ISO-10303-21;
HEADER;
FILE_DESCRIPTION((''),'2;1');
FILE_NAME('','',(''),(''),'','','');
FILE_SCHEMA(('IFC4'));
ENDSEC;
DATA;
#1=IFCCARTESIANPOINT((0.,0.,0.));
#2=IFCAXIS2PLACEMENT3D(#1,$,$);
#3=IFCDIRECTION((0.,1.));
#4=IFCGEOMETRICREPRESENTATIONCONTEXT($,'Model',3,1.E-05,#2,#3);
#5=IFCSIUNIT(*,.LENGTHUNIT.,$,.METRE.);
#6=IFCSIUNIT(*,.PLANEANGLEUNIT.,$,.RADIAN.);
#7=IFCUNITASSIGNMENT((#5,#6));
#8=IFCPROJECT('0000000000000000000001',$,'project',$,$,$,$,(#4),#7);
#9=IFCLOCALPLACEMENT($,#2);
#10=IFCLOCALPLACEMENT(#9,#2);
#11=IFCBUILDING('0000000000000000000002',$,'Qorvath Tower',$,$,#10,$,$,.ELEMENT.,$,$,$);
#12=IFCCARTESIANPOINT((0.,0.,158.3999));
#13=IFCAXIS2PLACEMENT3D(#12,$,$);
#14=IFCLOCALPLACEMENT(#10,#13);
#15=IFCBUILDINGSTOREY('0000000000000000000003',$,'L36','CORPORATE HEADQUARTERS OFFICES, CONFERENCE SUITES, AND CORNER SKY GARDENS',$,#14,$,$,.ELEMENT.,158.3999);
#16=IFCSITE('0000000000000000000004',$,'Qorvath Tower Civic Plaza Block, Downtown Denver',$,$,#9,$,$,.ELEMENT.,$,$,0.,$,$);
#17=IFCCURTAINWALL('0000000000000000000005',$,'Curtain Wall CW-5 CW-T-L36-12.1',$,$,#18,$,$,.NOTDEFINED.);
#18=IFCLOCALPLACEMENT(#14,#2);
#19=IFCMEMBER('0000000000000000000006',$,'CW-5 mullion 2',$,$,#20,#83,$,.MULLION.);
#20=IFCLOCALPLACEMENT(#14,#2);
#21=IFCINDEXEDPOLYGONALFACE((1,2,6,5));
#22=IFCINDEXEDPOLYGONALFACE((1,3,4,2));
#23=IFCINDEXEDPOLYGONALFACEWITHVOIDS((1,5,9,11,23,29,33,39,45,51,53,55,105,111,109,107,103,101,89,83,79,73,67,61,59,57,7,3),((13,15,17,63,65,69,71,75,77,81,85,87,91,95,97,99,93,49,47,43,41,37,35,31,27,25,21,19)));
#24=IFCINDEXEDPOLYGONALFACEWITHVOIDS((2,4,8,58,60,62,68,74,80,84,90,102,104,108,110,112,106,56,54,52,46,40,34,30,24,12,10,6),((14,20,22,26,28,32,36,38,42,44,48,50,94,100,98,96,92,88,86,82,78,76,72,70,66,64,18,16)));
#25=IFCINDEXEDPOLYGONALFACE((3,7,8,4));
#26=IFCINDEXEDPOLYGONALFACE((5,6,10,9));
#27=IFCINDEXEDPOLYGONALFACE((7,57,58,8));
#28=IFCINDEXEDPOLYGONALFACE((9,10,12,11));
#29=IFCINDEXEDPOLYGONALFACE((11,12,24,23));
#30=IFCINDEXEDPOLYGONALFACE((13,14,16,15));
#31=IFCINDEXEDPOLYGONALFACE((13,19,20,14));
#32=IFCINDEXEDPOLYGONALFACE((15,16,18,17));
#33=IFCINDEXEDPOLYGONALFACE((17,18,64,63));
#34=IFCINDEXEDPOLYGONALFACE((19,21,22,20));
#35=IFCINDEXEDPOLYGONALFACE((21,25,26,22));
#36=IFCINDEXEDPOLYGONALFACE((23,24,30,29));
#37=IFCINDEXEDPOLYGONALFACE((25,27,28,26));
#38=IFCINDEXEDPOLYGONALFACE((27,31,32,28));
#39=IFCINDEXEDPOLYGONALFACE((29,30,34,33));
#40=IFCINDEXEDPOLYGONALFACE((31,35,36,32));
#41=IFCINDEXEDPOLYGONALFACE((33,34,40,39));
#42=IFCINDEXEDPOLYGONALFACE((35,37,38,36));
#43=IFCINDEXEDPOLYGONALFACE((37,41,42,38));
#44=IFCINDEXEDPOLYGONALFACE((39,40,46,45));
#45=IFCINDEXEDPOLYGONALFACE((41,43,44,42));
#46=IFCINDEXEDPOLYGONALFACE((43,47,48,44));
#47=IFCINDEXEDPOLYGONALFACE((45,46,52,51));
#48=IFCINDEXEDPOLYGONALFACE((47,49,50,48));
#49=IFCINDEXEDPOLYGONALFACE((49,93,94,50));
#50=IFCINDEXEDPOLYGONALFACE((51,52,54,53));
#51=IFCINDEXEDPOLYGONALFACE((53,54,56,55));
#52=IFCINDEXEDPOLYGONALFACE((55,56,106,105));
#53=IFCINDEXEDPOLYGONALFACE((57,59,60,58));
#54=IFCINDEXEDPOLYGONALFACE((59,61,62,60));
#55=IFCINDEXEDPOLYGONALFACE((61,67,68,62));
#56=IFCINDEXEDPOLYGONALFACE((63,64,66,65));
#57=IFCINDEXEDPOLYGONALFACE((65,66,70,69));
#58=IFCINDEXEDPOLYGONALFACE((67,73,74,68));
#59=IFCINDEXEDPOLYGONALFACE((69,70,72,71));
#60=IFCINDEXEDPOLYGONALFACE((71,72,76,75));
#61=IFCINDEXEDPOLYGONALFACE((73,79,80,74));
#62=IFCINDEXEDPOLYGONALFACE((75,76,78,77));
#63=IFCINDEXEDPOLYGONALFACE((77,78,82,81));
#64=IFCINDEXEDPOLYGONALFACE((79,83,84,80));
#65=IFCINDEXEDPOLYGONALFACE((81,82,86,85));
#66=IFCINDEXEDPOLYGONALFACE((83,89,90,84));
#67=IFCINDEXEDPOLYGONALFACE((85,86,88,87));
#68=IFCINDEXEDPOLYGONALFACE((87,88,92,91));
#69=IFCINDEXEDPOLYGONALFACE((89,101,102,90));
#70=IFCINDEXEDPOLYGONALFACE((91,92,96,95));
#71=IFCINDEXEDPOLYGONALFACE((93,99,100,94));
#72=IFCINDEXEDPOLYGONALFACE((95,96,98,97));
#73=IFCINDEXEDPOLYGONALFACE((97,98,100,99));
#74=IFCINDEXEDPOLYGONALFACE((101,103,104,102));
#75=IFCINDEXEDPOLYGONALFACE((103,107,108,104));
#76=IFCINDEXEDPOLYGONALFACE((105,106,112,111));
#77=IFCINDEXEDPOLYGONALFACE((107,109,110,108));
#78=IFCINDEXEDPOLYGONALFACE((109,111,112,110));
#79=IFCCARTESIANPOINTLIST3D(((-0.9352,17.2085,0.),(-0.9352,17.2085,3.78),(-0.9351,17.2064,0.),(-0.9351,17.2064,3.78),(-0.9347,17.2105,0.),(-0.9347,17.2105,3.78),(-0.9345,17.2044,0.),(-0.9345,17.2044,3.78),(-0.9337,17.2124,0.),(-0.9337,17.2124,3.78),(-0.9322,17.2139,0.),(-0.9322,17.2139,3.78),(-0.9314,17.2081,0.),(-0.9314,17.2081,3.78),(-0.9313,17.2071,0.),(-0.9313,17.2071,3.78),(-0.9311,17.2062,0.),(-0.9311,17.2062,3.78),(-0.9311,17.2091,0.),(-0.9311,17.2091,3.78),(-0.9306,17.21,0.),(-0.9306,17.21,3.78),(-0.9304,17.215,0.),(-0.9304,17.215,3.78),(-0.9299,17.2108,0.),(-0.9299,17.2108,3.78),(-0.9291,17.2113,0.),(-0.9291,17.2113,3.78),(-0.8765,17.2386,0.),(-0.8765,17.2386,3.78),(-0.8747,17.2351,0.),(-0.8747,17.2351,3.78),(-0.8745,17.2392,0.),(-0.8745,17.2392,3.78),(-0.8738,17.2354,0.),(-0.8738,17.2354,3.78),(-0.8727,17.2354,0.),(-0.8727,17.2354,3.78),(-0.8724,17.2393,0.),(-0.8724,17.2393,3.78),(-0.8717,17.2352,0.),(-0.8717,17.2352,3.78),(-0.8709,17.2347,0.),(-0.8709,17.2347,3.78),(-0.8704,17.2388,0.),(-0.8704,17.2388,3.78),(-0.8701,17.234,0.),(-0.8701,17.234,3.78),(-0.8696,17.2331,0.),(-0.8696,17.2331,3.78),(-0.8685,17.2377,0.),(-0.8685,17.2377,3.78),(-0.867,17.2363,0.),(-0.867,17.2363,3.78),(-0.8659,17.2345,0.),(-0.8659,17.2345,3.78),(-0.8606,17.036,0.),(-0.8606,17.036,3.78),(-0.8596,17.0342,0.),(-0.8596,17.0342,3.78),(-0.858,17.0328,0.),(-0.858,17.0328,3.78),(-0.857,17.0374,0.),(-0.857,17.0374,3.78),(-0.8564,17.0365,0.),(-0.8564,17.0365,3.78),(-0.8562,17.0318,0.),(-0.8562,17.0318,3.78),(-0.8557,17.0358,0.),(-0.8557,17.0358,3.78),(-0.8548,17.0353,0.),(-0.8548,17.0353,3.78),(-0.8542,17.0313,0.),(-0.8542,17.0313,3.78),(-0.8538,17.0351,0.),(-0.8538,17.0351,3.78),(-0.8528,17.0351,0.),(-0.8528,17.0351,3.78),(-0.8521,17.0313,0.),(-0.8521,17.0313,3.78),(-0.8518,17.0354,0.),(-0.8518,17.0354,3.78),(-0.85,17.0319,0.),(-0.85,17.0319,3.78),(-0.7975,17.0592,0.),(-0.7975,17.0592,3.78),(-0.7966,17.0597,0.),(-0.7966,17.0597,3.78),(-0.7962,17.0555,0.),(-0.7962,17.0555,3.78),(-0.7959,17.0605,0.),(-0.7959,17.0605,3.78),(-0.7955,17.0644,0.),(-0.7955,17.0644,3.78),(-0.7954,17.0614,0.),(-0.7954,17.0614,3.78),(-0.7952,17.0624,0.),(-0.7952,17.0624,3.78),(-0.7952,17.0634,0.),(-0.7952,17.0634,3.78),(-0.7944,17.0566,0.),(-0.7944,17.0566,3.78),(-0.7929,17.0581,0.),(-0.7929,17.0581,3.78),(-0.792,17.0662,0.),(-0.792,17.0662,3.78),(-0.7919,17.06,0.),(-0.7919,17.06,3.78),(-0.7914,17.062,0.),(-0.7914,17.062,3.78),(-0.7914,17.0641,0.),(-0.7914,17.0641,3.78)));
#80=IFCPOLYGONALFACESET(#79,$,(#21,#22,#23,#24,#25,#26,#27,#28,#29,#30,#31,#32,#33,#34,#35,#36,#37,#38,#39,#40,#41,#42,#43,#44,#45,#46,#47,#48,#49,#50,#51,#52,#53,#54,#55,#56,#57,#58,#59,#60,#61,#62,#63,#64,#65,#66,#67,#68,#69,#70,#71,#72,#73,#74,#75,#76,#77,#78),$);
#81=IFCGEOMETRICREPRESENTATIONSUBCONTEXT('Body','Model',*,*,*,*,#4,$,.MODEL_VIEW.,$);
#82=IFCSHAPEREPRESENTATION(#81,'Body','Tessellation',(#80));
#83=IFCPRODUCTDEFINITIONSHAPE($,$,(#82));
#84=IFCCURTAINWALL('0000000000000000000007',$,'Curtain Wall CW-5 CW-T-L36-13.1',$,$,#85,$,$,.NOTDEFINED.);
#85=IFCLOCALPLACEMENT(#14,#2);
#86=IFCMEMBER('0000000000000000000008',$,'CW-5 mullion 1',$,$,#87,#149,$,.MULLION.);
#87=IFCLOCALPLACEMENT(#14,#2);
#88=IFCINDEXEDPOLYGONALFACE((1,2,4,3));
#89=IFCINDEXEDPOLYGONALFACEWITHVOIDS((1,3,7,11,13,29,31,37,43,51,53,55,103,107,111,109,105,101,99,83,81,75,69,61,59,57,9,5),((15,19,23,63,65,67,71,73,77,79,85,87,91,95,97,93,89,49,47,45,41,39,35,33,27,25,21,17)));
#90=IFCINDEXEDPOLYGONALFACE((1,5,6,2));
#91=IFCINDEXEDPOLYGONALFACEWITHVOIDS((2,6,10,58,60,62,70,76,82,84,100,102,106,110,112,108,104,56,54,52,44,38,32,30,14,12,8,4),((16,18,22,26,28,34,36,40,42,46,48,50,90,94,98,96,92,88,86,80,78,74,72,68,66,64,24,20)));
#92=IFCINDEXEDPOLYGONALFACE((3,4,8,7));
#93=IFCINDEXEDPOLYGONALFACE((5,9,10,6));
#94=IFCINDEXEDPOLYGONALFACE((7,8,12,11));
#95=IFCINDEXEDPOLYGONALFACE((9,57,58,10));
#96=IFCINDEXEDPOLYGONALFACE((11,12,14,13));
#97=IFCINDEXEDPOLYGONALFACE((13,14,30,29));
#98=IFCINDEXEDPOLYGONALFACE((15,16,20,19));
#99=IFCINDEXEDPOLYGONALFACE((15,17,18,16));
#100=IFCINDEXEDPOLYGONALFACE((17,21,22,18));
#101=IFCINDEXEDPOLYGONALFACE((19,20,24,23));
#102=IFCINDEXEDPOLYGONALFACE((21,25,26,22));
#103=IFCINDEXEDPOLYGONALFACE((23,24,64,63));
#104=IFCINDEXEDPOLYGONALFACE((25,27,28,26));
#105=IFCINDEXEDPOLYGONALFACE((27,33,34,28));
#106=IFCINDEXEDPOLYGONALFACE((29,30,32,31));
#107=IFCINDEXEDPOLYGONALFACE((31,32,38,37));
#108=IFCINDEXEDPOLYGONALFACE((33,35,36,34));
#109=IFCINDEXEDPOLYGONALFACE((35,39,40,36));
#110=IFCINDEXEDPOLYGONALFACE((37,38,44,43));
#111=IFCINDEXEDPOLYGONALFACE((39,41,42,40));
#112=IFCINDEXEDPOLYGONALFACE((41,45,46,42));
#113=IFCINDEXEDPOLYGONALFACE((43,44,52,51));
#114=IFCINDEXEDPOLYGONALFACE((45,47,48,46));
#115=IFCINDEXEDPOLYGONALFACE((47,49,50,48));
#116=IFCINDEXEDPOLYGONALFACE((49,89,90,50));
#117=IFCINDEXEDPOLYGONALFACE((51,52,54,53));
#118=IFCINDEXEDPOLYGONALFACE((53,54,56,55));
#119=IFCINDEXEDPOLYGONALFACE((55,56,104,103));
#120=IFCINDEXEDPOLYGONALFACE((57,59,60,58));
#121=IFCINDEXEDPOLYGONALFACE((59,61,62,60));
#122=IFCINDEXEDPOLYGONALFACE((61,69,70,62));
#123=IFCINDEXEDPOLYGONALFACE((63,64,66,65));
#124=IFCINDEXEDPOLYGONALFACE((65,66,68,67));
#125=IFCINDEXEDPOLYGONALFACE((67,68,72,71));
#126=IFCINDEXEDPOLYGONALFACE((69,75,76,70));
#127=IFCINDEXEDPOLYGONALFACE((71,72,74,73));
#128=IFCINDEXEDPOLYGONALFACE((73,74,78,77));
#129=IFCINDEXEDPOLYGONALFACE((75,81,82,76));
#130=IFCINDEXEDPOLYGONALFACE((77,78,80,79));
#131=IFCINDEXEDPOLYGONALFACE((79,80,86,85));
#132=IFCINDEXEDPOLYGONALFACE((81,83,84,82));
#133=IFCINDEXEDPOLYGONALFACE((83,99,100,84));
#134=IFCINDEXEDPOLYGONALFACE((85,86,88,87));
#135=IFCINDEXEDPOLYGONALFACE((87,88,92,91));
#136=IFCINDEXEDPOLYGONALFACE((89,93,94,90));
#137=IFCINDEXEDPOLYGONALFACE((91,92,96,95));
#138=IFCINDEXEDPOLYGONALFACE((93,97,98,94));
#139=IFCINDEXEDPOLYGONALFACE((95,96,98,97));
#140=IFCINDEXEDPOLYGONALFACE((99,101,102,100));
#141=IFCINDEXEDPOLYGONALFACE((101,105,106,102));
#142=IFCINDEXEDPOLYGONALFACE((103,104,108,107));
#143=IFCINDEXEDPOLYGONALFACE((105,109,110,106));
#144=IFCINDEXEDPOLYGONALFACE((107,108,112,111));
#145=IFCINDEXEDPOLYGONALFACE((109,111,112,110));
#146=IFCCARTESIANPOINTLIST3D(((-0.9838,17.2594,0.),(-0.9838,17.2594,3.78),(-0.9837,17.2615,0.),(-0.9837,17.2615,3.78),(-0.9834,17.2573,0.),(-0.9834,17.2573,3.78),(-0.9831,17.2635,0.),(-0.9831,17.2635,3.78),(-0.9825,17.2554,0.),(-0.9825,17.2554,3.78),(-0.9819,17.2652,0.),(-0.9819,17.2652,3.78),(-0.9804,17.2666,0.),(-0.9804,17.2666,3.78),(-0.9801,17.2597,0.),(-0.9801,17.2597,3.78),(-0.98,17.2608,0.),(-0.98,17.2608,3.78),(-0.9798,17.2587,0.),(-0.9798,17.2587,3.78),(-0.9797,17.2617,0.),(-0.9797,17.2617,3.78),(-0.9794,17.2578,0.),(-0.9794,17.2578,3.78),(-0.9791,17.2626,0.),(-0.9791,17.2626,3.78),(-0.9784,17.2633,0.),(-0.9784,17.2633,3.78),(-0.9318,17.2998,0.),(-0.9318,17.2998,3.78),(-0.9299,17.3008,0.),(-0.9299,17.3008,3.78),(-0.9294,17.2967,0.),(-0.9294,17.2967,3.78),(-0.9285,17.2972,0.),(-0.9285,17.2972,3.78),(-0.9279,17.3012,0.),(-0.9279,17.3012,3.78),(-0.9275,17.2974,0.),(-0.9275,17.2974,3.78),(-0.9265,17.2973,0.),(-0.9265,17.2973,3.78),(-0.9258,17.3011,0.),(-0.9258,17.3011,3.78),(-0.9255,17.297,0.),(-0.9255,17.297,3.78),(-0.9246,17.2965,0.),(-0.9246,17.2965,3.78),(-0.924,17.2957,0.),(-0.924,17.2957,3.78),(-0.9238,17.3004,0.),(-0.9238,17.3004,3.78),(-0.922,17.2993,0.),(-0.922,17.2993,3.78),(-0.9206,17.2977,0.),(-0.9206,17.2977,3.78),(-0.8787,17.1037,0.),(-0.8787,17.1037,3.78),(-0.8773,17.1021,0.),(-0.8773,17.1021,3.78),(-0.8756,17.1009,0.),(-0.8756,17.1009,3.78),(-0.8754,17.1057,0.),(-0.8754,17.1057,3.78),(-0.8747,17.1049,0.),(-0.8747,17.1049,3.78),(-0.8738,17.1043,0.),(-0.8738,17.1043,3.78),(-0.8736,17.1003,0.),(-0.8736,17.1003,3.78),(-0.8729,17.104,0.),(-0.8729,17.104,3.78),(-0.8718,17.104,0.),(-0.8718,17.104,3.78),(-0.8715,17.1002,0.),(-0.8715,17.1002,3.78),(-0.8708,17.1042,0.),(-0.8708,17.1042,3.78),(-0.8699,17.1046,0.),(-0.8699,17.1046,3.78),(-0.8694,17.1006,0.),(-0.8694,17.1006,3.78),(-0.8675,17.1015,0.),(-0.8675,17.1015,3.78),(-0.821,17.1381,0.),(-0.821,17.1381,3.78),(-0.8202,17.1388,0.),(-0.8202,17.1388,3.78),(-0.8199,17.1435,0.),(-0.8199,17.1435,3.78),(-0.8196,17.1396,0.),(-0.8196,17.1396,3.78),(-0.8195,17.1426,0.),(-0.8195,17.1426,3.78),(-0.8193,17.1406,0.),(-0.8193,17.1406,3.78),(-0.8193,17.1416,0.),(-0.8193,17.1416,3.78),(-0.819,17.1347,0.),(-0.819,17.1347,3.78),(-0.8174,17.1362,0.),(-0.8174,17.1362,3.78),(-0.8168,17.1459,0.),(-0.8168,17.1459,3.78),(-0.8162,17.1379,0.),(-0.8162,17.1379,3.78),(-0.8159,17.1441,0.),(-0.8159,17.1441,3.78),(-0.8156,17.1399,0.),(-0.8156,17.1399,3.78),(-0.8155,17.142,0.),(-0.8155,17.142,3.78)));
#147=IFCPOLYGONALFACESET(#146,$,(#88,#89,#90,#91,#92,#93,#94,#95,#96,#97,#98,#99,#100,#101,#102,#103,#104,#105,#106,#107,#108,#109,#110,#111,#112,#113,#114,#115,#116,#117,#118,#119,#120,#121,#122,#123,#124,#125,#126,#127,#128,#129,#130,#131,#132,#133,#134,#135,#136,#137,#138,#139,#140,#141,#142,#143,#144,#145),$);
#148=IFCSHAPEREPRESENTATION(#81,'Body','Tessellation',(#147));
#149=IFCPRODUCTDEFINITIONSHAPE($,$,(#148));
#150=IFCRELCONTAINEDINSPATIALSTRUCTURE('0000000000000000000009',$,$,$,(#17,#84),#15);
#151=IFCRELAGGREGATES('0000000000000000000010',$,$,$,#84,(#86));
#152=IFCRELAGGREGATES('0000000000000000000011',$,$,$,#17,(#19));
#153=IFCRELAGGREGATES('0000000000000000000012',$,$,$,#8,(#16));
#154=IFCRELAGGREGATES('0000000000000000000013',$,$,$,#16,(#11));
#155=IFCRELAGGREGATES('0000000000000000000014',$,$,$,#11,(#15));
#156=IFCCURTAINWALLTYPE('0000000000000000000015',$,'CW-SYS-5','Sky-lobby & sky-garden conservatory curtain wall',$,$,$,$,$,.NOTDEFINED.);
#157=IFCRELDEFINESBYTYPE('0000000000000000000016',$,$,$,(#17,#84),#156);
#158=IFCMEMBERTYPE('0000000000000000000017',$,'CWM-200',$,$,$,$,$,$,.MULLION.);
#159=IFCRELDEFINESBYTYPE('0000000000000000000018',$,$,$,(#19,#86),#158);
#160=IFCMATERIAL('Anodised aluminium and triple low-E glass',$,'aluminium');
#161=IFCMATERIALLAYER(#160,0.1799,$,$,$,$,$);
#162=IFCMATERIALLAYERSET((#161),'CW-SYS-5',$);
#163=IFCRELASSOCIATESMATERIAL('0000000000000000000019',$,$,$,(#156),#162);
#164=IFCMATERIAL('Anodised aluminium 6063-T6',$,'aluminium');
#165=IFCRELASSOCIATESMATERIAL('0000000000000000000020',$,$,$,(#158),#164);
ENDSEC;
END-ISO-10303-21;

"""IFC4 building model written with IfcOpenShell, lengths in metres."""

from ifc_helpers import new_model, si_unit, direction, frame, origin, origin_2d, place, context, subcontext, project, spatial, hollow_rectangle, extrude, material, layer, layer_set, material_profile, profile_set, type_object, element, aggregate, save


model = new_model("IFC4")

# Units and contexts
model_context = context("Model", 3, precision=1e-05, world=origin(), true_north=direction((0.0, 1.0)))
body_context = subcontext(model_context, "Body", "Model", "MODEL_VIEW")
ifc_project = project(units=[si_unit("LENGTHUNIT", "METRE"), si_unit("PLANEANGLEUNIT", "RADIAN")], contexts=[model_context])

# Site, building, storey
site_placement = place(None, origin())
site = spatial("IfcSite", under=ifc_project, at=site_placement, Name="Qorvath Tower Civic Plaza Block, Downtown Denver", CompositionType="ELEMENT", RefElevation=0.0)
building_placement = place(site_placement, origin())
building = spatial("IfcBuilding", under=site, at=building_placement, Name="Qorvath Tower", CompositionType="ELEMENT")
storey_placement = place(building_placement, frame((0.0, 0.0, 158.3999)))
storey = spatial("IfcBuildingStorey", under=building, at=storey_placement, Name="L36", Description="CORPORATE HEADQUARTERS OFFICES, CONFERENCE SUITES, AND CORNER SKY GARDENS", CompositionType="ELEMENT", Elevation=158.3999)

# Shared definitions
ifc_material_1 = material(Name="Anodised aluminium and triple low-E glass", Category="aluminium")
ifc_layer_1 = layer(ifc_material_1, 0.1799)
ifc_layer_set_1 = layer_set([ifc_layer_1], Name="CW-SYS-5")
curtain_wall_type = type_object("IfcCurtainWallType", Name="CW-SYS-5", Description="Sky-lobby & sky-garden conservatory curtain wall", PredefinedType="NOTDEFINED", material=ifc_layer_set_1)
ifc_material_2 = material(Name="Anodised aluminium 6063-T6", Category="aluminium")
ifc_material_profile_1 = material_profile(ifc_material_2, hollow_rectangle(XDim=0.075, YDim=0.2, WallThickness=0.0039, InnerFilletRadius=0.0039, OuterFilletRadius=0.0081, at=origin_2d()), Name="CWM 200x75")
ifc_profile_set_1 = profile_set([ifc_material_profile_1], Name="Anodised aluminium 6063-T6")
member_type_1 = type_object("IfcMemberType", Name="CWM-200", PredefinedType="MULLION", material=ifc_profile_set_1)

# Curtain wall, member
curtain_wall_1_placement = place(storey_placement, origin())
curtain_wall_1 = element("IfcCurtainWall", 1, at=curtain_wall_1_placement, inside=storey, type_object=curtain_wall_type, Name="Curtain Wall CW-5 CW-T-L36-12.1", PredefinedType="NOTDEFINED")
member_1_placement = place(storey_placement, frame((-0.8633, 17.1353, 0.0), z_axis=(0.0, 0.0, 1.0), x_axis=(-0.915663, -0.401947, 0.0)))
member_1 = element("IfcMember", 2, at=member_1_placement, type_object=member_type_1, Name="CW-5 mullion 2", PredefinedType="MULLION", context=body_context, shape_type="SweptSolid", body=[
    extrude(hollow_rectangle(XDim=0.075, YDim=0.2, WallThickness=0.0039, InnerFilletRadius=0.0039, OuterFilletRadius=0.0081, at=origin_2d()), origin(), (0.0, 0.0, 1.0), 3.78),
])

# Curtain wall, member
curtain_wall_2_placement = place(storey_placement, origin())
curtain_wall_2 = element("IfcCurtainWall", 3, at=curtain_wall_2_placement, inside=storey, type_object=curtain_wall_type, Name="Curtain Wall CW-5 CW-T-L36-13.1", PredefinedType="NOTDEFINED")
member_2_placement = place(storey_placement, frame((-0.8997, 17.2007, 0.0), z_axis=(0.0, 0.0, 1.0), x_axis=(-0.82556, -0.564314, 0.0)))
member_2 = element("IfcMember", 4, at=member_2_placement, type_object=member_type_1, Name="CW-5 mullion 1", PredefinedType="MULLION", context=body_context, shape_type="SweptSolid", body=[
    extrude(hollow_rectangle(XDim=0.075, YDim=0.2, WallThickness=0.0039, InnerFilletRadius=0.0039, OuterFilletRadius=0.0081, at=origin_2d()), origin(), (0.0, 0.0, 1.0), 3.78),
])

aggregate(curtain_wall_2, [member_2])

aggregate(curtain_wall_1, [member_1])

save(model, "model.ifc")
